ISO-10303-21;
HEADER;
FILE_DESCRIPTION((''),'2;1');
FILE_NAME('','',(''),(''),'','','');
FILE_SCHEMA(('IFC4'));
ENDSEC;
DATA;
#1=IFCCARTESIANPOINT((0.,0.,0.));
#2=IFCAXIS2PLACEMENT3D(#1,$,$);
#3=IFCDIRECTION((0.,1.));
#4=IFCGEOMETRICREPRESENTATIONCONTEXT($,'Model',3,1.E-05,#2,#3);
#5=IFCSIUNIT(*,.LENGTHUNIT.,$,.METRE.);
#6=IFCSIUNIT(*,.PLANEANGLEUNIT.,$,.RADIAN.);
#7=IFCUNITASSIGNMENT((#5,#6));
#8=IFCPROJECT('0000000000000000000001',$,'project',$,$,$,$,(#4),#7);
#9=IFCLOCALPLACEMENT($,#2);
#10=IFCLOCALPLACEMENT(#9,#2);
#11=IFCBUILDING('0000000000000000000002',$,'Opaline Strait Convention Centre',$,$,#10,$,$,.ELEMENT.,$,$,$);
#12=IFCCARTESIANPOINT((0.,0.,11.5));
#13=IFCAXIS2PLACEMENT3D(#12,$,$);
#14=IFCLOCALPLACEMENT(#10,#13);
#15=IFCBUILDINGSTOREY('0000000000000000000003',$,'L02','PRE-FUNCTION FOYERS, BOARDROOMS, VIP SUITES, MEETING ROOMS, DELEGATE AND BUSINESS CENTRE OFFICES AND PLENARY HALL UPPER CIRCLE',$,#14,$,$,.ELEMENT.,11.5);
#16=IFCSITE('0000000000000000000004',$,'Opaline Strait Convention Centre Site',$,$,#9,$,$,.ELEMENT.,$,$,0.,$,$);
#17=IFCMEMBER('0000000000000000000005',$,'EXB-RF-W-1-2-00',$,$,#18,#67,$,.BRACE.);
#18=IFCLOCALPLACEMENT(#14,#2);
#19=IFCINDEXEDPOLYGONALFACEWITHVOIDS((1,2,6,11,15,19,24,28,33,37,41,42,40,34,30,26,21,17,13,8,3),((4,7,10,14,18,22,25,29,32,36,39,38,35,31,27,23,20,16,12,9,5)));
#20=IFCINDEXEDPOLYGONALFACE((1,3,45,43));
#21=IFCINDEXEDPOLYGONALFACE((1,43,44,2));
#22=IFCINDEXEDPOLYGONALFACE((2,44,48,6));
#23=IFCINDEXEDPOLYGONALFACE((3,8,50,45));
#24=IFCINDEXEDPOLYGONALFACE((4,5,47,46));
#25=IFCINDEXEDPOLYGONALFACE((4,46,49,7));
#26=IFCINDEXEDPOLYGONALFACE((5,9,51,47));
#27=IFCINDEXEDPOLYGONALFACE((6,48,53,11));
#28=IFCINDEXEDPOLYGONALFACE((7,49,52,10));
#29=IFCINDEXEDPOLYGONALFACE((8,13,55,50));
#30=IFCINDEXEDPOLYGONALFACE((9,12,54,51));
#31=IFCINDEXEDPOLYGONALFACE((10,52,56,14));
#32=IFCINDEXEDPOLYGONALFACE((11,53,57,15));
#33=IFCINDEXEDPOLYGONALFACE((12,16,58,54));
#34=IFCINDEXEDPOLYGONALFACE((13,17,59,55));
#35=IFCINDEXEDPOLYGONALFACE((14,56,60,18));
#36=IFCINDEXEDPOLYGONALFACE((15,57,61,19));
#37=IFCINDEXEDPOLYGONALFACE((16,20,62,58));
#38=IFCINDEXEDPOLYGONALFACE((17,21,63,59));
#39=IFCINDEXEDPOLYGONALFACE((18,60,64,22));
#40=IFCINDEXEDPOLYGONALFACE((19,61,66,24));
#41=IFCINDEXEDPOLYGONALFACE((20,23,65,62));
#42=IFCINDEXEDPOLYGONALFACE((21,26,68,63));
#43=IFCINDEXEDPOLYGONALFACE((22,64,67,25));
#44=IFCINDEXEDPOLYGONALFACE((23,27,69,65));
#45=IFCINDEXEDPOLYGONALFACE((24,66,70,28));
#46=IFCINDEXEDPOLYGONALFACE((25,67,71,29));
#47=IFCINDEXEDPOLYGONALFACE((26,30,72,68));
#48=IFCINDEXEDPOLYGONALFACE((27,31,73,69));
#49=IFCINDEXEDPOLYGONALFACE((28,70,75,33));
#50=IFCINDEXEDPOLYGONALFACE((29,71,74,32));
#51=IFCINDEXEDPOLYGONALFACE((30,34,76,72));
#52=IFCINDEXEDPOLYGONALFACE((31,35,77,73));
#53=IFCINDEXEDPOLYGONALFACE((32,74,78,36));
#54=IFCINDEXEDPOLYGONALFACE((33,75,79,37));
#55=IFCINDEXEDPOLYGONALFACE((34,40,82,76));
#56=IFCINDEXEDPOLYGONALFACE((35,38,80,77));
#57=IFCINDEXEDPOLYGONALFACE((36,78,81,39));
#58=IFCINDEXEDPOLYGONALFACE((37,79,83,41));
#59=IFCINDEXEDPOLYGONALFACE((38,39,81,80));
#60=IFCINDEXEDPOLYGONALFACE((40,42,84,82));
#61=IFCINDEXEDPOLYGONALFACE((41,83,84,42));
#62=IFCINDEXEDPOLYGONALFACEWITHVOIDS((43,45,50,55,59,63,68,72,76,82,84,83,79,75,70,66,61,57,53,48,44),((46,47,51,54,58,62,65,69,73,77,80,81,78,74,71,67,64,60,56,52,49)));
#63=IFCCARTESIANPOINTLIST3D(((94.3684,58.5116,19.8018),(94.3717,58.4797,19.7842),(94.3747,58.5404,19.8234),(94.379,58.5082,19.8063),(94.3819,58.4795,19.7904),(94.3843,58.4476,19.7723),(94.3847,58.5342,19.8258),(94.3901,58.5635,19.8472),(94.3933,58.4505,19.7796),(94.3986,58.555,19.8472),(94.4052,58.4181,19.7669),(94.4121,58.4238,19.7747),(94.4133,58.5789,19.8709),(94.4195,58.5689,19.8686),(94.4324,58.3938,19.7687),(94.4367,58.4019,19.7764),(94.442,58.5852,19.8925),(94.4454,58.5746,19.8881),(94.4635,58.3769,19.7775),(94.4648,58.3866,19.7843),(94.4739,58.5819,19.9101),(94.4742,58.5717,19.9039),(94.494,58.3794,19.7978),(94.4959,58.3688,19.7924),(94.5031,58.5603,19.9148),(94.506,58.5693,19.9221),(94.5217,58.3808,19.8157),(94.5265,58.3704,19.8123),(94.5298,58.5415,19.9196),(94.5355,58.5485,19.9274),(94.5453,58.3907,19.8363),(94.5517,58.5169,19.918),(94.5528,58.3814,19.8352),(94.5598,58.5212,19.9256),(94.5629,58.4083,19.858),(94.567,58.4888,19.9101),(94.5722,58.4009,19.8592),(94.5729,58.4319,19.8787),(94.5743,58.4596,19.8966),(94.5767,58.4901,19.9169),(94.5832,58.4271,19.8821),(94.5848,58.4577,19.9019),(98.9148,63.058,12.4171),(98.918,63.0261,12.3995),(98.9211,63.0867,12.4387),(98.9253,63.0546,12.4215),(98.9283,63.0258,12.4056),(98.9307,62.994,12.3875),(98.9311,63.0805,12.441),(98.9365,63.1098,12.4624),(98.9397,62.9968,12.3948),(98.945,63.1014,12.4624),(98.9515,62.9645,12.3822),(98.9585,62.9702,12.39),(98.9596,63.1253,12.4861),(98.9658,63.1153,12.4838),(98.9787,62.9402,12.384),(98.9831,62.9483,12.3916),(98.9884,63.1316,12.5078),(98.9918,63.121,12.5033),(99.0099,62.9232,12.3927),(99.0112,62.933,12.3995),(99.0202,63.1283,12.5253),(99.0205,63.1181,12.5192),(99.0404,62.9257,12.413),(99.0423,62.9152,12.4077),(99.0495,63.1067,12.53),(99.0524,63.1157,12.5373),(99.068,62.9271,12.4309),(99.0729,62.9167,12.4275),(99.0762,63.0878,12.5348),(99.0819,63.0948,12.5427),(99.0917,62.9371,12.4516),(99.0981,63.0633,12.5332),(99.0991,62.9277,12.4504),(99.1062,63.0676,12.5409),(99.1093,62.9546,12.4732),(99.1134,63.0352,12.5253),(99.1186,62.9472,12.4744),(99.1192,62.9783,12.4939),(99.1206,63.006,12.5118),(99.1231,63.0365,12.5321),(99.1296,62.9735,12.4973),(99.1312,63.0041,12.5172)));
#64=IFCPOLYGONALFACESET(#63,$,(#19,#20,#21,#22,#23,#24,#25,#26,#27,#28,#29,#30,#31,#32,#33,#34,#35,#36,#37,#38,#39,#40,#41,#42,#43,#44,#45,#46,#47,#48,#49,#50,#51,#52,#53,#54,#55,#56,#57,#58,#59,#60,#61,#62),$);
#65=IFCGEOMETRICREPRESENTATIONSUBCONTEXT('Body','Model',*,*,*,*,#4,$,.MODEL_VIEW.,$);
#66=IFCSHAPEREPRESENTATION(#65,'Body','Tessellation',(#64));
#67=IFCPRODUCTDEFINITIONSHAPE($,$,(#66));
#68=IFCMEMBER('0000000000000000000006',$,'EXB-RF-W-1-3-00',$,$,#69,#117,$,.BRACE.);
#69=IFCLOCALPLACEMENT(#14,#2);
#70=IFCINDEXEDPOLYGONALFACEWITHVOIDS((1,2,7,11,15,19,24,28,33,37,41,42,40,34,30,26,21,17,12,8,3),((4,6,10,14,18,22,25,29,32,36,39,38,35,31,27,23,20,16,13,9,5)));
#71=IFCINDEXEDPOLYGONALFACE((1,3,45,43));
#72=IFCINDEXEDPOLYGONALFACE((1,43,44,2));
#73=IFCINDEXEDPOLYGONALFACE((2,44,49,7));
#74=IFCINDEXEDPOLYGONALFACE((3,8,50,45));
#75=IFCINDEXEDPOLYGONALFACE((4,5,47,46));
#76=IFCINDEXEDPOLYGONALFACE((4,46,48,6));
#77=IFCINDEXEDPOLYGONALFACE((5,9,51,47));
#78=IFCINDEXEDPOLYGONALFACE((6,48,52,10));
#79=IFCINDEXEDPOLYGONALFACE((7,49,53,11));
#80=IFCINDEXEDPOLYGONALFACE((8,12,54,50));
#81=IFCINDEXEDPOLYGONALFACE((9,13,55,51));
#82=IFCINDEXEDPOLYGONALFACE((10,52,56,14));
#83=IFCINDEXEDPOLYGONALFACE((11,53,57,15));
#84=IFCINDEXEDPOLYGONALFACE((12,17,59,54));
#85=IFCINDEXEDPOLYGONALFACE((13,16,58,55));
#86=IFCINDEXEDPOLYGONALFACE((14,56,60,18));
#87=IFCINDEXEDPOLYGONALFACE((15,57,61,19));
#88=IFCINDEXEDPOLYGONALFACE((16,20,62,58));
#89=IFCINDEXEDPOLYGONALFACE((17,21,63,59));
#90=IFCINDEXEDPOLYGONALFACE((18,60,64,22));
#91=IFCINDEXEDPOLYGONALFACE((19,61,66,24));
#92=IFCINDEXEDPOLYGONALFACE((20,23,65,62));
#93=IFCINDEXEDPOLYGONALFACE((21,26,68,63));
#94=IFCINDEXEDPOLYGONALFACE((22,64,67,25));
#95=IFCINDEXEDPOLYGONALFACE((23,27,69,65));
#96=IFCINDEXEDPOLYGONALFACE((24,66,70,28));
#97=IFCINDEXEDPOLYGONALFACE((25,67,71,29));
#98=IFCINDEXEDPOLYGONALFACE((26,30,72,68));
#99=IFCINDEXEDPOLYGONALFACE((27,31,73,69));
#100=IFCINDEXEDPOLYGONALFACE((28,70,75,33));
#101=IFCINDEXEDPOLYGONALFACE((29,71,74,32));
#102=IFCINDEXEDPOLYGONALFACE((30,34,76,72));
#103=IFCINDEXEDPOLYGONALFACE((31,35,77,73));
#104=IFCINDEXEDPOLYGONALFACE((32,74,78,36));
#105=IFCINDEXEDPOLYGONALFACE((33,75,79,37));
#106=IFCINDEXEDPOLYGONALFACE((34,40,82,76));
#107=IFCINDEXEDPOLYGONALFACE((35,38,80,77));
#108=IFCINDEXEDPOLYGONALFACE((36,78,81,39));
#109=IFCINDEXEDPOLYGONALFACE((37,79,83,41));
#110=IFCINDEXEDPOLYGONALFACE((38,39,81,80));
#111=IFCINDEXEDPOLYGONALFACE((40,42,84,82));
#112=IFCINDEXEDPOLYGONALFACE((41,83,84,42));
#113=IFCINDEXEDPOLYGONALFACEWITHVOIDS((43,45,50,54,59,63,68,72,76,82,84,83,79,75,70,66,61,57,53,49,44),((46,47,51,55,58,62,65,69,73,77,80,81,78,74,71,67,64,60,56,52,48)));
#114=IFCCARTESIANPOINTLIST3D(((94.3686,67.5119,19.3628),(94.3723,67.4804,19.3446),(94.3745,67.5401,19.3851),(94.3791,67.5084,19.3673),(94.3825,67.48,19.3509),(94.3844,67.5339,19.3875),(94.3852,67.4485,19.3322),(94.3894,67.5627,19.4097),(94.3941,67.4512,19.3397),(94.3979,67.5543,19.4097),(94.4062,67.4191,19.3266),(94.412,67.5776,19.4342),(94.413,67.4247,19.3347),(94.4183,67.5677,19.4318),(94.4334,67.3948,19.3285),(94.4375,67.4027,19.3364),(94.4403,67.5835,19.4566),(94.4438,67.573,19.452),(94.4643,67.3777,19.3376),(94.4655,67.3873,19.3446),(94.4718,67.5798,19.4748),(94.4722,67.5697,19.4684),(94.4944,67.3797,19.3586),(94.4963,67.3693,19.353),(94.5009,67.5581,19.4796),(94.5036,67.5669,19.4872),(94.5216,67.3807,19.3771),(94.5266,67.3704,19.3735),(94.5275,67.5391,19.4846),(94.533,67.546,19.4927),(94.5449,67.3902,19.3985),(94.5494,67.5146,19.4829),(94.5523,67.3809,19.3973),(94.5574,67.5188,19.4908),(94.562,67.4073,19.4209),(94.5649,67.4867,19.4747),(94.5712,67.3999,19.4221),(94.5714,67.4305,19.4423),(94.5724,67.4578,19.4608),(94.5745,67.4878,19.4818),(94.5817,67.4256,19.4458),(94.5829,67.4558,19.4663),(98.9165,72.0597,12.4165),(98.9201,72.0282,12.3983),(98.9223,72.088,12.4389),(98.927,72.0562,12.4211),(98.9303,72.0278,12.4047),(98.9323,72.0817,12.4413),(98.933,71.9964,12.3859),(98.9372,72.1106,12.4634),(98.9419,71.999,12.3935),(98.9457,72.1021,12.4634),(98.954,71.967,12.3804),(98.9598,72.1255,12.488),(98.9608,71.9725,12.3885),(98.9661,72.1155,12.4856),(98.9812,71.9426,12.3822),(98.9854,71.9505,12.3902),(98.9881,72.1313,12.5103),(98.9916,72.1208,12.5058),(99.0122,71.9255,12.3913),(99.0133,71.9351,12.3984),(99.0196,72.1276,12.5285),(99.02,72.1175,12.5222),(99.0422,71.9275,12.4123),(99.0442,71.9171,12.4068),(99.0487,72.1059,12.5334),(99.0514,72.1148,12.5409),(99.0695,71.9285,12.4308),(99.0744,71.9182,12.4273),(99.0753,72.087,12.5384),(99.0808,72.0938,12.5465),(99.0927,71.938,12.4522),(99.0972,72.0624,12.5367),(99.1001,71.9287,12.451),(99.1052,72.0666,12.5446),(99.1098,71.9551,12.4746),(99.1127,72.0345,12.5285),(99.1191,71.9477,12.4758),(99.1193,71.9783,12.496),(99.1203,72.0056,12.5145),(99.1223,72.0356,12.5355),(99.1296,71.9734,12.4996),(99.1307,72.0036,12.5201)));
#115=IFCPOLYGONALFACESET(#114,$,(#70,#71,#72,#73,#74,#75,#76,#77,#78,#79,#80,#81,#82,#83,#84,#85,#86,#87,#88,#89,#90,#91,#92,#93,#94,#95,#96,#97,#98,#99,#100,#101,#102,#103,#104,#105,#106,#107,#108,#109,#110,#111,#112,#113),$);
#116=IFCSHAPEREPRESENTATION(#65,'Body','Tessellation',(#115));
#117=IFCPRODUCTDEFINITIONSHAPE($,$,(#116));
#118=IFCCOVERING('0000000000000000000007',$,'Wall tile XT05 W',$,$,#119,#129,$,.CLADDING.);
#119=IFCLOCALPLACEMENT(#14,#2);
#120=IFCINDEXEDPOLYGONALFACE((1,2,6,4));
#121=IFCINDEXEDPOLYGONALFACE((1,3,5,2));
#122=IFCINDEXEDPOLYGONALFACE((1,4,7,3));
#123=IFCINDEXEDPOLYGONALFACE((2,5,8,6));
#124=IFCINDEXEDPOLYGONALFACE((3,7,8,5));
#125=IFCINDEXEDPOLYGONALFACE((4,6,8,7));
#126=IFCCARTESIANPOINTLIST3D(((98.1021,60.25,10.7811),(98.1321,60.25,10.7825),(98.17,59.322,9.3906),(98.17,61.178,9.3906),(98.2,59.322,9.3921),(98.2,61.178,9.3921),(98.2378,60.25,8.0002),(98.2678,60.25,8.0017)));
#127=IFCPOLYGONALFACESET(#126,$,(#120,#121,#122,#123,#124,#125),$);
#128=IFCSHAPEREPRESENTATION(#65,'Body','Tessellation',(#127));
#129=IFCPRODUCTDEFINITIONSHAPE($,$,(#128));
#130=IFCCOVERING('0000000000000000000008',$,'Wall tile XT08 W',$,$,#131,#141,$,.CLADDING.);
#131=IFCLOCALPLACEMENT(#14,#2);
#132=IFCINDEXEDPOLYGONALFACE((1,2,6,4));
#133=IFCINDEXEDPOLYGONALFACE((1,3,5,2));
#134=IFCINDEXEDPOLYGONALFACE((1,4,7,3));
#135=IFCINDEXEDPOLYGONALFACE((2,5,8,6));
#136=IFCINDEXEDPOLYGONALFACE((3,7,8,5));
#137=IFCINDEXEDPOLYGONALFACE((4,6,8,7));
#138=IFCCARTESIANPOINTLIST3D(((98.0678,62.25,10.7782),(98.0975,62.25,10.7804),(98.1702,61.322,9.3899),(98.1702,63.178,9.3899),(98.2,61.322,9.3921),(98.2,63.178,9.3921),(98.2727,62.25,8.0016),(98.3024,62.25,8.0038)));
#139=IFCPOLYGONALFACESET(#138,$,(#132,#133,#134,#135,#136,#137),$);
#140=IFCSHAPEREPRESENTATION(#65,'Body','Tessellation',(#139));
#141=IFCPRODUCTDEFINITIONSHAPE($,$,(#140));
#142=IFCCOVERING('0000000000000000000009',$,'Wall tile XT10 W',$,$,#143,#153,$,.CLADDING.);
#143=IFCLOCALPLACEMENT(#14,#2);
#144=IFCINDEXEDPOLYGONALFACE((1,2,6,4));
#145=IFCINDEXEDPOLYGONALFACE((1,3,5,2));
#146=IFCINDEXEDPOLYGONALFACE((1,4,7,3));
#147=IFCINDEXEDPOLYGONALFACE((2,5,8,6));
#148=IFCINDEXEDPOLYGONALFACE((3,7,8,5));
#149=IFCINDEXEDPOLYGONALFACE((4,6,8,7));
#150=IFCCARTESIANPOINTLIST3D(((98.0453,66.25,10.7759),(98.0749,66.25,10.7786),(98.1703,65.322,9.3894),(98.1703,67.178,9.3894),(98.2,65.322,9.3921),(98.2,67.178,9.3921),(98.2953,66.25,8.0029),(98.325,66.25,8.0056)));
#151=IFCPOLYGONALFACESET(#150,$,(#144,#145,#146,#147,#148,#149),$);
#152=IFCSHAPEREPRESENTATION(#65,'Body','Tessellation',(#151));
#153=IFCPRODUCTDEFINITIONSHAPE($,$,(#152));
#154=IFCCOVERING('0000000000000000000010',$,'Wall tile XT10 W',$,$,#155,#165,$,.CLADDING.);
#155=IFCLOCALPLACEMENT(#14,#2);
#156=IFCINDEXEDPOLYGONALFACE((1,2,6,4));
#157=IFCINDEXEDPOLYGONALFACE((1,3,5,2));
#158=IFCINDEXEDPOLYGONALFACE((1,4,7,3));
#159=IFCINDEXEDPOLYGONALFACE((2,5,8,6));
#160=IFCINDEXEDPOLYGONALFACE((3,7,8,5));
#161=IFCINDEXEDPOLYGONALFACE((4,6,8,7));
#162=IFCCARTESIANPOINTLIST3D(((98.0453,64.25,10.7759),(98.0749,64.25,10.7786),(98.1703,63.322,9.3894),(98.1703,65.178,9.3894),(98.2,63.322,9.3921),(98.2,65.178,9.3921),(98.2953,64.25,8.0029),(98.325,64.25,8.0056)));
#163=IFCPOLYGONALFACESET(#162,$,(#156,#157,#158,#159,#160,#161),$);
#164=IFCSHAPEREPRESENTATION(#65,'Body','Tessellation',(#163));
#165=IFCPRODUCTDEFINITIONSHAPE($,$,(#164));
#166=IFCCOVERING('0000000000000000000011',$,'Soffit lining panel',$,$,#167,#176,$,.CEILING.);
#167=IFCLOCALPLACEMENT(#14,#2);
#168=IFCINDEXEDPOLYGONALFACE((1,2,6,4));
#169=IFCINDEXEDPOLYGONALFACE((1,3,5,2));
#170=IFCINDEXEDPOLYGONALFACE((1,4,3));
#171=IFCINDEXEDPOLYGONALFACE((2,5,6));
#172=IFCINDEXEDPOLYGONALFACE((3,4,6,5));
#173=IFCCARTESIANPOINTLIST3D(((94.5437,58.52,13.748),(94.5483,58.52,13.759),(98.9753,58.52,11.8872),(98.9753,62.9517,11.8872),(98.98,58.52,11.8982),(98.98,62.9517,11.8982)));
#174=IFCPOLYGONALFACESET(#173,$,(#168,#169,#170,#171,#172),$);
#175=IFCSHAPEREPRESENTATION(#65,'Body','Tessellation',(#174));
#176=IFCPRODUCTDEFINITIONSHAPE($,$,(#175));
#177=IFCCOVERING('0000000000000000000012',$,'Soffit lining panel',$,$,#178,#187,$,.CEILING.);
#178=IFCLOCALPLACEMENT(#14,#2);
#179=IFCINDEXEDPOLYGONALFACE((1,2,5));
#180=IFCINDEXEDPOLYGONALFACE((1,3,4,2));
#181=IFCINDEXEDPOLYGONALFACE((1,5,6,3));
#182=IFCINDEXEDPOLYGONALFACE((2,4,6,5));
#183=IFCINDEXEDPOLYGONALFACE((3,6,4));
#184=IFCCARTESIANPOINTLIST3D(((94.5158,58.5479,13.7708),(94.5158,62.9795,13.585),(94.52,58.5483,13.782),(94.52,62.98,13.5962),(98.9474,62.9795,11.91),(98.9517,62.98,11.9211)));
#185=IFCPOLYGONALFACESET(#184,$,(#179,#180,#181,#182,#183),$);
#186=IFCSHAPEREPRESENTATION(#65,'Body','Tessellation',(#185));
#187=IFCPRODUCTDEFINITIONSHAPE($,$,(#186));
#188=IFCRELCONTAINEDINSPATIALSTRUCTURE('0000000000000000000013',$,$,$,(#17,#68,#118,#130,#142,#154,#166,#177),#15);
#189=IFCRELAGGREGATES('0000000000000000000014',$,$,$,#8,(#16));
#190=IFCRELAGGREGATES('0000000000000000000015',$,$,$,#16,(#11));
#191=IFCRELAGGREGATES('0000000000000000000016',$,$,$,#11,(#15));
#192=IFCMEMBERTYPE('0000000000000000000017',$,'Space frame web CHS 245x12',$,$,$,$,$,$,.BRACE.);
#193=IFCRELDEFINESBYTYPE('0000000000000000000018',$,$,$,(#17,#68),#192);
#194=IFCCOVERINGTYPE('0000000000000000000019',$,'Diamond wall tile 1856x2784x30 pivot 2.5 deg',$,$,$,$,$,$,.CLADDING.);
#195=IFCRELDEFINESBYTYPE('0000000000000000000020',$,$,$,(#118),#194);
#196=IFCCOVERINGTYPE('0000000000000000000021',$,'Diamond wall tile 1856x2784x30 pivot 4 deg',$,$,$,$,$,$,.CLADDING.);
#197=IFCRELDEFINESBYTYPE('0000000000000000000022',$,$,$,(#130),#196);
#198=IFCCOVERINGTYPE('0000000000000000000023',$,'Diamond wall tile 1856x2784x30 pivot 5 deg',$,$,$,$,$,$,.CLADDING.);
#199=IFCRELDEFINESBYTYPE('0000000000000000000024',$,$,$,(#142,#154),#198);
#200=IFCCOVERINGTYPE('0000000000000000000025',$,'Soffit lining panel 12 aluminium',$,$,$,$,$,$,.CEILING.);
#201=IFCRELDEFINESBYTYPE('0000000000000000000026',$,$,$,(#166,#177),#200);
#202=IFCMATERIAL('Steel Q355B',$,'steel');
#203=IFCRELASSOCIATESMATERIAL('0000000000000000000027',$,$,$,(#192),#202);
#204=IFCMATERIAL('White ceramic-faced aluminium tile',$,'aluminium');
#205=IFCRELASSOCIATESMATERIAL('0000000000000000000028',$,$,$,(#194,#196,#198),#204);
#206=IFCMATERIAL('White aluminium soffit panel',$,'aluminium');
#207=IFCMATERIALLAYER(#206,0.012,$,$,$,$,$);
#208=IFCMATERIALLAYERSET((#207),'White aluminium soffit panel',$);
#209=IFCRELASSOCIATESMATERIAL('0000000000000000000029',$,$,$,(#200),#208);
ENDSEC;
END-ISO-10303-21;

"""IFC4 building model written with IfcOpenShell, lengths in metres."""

from ifc_helpers import new_model, si_unit, direction, frame, origin, origin_2d, place, context, subcontext, project, spatial, polyline, hollow_circle, outline, extrude, material, layer, layer_set, material_profile, profile_set, type_object, element, save


model = new_model("IFC4")

# Units and contexts
model_context = context("Model", 3, precision=1e-05, world=origin(), true_north=direction((0.0, 1.0)))
body_context = subcontext(model_context, "Body", "Model", "MODEL_VIEW")
ifc_project = project(units=[si_unit("LENGTHUNIT", "METRE"), si_unit("PLANEANGLEUNIT", "RADIAN")], contexts=[model_context])

# Site, building, storey
site_placement = place(None, origin())
site = spatial("IfcSite", under=ifc_project, at=site_placement, Name="Opaline Strait Convention Centre Site", CompositionType="ELEMENT", RefElevation=0.0)
building_placement = place(site_placement, origin())
building = spatial("IfcBuilding", under=site, at=building_placement, Name="Opaline Strait Convention Centre", CompositionType="ELEMENT")
storey_placement = place(building_placement, frame((0.0, 0.0, 11.5)))
storey = spatial("IfcBuildingStorey", under=building, at=storey_placement, Name="L02", Description="PRE-FUNCTION FOYERS, BOARDROOMS, VIP SUITES, MEETING ROOMS, DELEGATE AND BUSINESS CENTRE OFFICES AND PLENARY HALL UPPER CIRCLE", CompositionType="ELEMENT", Elevation=11.5)

# Members
ifc_material_1 = material(Name="Steel Q355B", Category="steel")
ifc_material_profile_1 = material_profile(ifc_material_1, hollow_circle(Radius=0.1226, WallThickness=0.012, at=origin_2d()), Name="CHS 245x12")
ifc_profile_set_1 = profile_set([ifc_material_profile_1], Name="Steel Q355B")
member_type_1 = type_object("IfcMemberType", Name="Space frame web CHS 245x12", PredefinedType="BRACE", material=ifc_profile_set_1)
for number, where, z_axis, x_axis, name in (
    (1, (94.4768, 58.4768, 19.8472), (0.464318, 0.464318, -0.754199), (-0.707107, 0.707107, 0.0), "EXB-RF-W-1-2-00"),
):
    element("IfcMember", number, at=place(storey_placement, frame(where, z_axis=z_axis, x_axis=x_axis)), inside=storey, type_object=member_type_1, Name=name, PredefinedType="BRACE", context=body_context, shape_type="SweptSolid", body=[
        extrude(hollow_circle(Radius=0.1226, WallThickness=0.012, at=origin_2d()), origin(), (0.0, 0.0, 1.0), 9.7915),
    ])
member_1_placement = place(storey_placement, frame((94.4761, 67.4761, 19.4097), z_axis=(0.480409, 0.480409, -0.733767), x_axis=(-0.707107, 0.707107, 0.0)))
element("IfcMember", 2, at=member_1_placement, inside=storey, type_object=member_type_1, Name="EXB-RF-W-1-3-00", PredefinedType="BRACE", context=body_context, shape_type="SweptSolid", body=[
    extrude(hollow_circle(Radius=0.1226, WallThickness=0.012, at=origin_2d()), origin(), (0.0, 0.0, 1.0), 9.4666),
])

# Coverings
ifc_material_2 = material(Name="White ceramic-faced aluminium tile", Category="aluminium")
ifc_material_profile_2 = material_profile(ifc_material_2, outline(polyline([(0.928, 0.0), (0.0, 1.3921), (-0.928, 0.0), (0.0, -1.3921), (0.928, 0.0)])), Name="Diamond tile 1856x2784")
ifc_profile_set_2 = profile_set([ifc_material_profile_2], Name="White ceramic-faced aluminium tile")
covering_type_1 = type_object("IfcCoveringType", Name="Diamond wall tile 1856x2784x30 pivot 2.5 deg", PredefinedType="CLADDING", material=ifc_profile_set_2)
covering_1_placement = place(storey_placement, frame((98.2, 60.25, 9.3921), z_axis=(-0.998812, 0.0, -0.048723), x_axis=(0.0, -1.0, 0.0)))
element("IfcCovering", 3, at=covering_1_placement, inside=storey, type_object=covering_type_1, Name="Wall tile XT05 W", PredefinedType="CLADDING", context=body_context, shape_type="SweptSolid", body=[
    extrude(outline(polyline([(0.928, 0.0), (0.0, 1.3921), (-0.928, 0.0), (0.0, -1.3921), (0.928, 0.0)])), origin(), (0.0, 0.0, 1.0), 0.03),
])
ifc_material_profile_3 = material_profile(ifc_material_2, outline(polyline([(0.928, 0.0), (0.0, 1.3921), (-0.928, 0.0), (0.0, -1.3921), (0.928, 0.0)])), Name="Diamond tile 1856x2784")
ifc_profile_set_3 = profile_set([ifc_material_profile_3], Name="White ceramic-faced aluminium tile")
covering_type_2 = type_object("IfcCoveringType", Name="Diamond wall tile 1856x2784x30 pivot 4 deg", PredefinedType="CLADDING", material=ifc_profile_set_3)
covering_2_placement = place(storey_placement, frame((98.2, 62.25, 9.3921), z_axis=(-0.99729, 0.0, -0.073571), x_axis=(0.0, -1.0, 0.0)))
element("IfcCovering", 4, at=covering_2_placement, inside=storey, type_object=covering_type_2, Name="Wall tile XT08 W", PredefinedType="CLADDING", context=body_context, shape_type="SweptSolid", body=[
    extrude(outline(polyline([(0.928, 0.0), (0.0, 1.3921), (-0.928, 0.0), (0.0, -1.3921), (0.928, 0.0)])), origin(), (0.0, 0.0, 1.0), 0.0298),
])
ifc_material_profile_4 = material_profile(ifc_material_2, outline(polyline([(0.928, 0.0), (0.0, 1.3921), (-0.928, 0.0), (0.0, -1.3921), (0.928, 0.0)])), Name="Diamond tile 1856x2784")
ifc_profile_set_4 = profile_set([ifc_material_profile_4], Name="White ceramic-faced aluminium tile")
covering_type_3 = type_object("IfcCoveringType", Name="Diamond wall tile 1856x2784x30 pivot 5 deg", PredefinedType="CLADDING", material=ifc_profile_set_4)
for number, where, z_axis, x_axis, name in (
    (5, (98.2, 66.25, 9.3921), (-0.99596, 0.0, -0.0898), (0.0, -1.0, 0.0), "Wall tile XT10 W"),
    (6, (98.2, 64.25, 9.3921), (-0.99596, 0.0, -0.0898), (0.0, -1.0, 0.0), "Wall tile XT10 W"),
):
    element("IfcCovering", number, at=place(storey_placement, frame(where, z_axis=z_axis, x_axis=x_axis)), inside=storey, type_object=covering_type_3, Name=name, PredefinedType="CLADDING", context=body_context, shape_type="SweptSolid", body=[
        extrude(outline(polyline([(0.928, 0.0), (0.0, 1.3921), (-0.928, 0.0), (0.0, -1.3921), (0.928, 0.0)])), origin(), (0.0, 0.0, 1.0), 0.0298),
    ])
ifc_material_3 = material(Name="White aluminium soffit panel", Category="aluminium")
ifc_layer = layer(ifc_material_3, 0.012)
ifc_layer_set = layer_set([ifc_layer], Name="White aluminium soffit panel")
covering_type_4 = type_object("IfcCoveringType", Name="Soffit lining panel 12 aluminium", PredefinedType="CEILING", material=ifc_layer_set)
covering_3_placement = place(storey_placement, frame((94.5483, 58.52, 13.759), z_axis=(0.387153, 0.0, 0.922015), x_axis=(0.677859, 0.677859, -0.284632)))
element("IfcCovering", 7, at=covering_3_placement, inside=storey, type_object=covering_type_4, Name="Soffit lining panel", PredefinedType="CEILING", context=body_context, shape_type="SweptSolid", body=[
    extrude(outline(polyline([(0.0, 0.0), (6.5377, 0.0), (3.5337, -3.2581), (0.0, 0.0)])), origin(), (0.0, 0.0, -1.0), 0.012),
])
covering_4_placement = place(storey_placement, frame((94.52, 58.5483, 13.782), z_axis=(0.35329, 0.039186, 0.934693), x_axis=(0.0, 0.999122, -0.041887)))
element("IfcCovering", 8, at=covering_4_placement, inside=storey, type_object=covering_type_4, Name="Soffit lining panel", PredefinedType="CEILING", context=body_context, shape_type="SweptSolid", body=[
    extrude(outline(polyline([(0.0, 0.0), (4.4355, 0.0), (4.5057, -4.7371), (0.0, 0.0)])), origin(), (0.0, 0.0, -1.0), 0.012),
])

save(model, "model.ifc")
